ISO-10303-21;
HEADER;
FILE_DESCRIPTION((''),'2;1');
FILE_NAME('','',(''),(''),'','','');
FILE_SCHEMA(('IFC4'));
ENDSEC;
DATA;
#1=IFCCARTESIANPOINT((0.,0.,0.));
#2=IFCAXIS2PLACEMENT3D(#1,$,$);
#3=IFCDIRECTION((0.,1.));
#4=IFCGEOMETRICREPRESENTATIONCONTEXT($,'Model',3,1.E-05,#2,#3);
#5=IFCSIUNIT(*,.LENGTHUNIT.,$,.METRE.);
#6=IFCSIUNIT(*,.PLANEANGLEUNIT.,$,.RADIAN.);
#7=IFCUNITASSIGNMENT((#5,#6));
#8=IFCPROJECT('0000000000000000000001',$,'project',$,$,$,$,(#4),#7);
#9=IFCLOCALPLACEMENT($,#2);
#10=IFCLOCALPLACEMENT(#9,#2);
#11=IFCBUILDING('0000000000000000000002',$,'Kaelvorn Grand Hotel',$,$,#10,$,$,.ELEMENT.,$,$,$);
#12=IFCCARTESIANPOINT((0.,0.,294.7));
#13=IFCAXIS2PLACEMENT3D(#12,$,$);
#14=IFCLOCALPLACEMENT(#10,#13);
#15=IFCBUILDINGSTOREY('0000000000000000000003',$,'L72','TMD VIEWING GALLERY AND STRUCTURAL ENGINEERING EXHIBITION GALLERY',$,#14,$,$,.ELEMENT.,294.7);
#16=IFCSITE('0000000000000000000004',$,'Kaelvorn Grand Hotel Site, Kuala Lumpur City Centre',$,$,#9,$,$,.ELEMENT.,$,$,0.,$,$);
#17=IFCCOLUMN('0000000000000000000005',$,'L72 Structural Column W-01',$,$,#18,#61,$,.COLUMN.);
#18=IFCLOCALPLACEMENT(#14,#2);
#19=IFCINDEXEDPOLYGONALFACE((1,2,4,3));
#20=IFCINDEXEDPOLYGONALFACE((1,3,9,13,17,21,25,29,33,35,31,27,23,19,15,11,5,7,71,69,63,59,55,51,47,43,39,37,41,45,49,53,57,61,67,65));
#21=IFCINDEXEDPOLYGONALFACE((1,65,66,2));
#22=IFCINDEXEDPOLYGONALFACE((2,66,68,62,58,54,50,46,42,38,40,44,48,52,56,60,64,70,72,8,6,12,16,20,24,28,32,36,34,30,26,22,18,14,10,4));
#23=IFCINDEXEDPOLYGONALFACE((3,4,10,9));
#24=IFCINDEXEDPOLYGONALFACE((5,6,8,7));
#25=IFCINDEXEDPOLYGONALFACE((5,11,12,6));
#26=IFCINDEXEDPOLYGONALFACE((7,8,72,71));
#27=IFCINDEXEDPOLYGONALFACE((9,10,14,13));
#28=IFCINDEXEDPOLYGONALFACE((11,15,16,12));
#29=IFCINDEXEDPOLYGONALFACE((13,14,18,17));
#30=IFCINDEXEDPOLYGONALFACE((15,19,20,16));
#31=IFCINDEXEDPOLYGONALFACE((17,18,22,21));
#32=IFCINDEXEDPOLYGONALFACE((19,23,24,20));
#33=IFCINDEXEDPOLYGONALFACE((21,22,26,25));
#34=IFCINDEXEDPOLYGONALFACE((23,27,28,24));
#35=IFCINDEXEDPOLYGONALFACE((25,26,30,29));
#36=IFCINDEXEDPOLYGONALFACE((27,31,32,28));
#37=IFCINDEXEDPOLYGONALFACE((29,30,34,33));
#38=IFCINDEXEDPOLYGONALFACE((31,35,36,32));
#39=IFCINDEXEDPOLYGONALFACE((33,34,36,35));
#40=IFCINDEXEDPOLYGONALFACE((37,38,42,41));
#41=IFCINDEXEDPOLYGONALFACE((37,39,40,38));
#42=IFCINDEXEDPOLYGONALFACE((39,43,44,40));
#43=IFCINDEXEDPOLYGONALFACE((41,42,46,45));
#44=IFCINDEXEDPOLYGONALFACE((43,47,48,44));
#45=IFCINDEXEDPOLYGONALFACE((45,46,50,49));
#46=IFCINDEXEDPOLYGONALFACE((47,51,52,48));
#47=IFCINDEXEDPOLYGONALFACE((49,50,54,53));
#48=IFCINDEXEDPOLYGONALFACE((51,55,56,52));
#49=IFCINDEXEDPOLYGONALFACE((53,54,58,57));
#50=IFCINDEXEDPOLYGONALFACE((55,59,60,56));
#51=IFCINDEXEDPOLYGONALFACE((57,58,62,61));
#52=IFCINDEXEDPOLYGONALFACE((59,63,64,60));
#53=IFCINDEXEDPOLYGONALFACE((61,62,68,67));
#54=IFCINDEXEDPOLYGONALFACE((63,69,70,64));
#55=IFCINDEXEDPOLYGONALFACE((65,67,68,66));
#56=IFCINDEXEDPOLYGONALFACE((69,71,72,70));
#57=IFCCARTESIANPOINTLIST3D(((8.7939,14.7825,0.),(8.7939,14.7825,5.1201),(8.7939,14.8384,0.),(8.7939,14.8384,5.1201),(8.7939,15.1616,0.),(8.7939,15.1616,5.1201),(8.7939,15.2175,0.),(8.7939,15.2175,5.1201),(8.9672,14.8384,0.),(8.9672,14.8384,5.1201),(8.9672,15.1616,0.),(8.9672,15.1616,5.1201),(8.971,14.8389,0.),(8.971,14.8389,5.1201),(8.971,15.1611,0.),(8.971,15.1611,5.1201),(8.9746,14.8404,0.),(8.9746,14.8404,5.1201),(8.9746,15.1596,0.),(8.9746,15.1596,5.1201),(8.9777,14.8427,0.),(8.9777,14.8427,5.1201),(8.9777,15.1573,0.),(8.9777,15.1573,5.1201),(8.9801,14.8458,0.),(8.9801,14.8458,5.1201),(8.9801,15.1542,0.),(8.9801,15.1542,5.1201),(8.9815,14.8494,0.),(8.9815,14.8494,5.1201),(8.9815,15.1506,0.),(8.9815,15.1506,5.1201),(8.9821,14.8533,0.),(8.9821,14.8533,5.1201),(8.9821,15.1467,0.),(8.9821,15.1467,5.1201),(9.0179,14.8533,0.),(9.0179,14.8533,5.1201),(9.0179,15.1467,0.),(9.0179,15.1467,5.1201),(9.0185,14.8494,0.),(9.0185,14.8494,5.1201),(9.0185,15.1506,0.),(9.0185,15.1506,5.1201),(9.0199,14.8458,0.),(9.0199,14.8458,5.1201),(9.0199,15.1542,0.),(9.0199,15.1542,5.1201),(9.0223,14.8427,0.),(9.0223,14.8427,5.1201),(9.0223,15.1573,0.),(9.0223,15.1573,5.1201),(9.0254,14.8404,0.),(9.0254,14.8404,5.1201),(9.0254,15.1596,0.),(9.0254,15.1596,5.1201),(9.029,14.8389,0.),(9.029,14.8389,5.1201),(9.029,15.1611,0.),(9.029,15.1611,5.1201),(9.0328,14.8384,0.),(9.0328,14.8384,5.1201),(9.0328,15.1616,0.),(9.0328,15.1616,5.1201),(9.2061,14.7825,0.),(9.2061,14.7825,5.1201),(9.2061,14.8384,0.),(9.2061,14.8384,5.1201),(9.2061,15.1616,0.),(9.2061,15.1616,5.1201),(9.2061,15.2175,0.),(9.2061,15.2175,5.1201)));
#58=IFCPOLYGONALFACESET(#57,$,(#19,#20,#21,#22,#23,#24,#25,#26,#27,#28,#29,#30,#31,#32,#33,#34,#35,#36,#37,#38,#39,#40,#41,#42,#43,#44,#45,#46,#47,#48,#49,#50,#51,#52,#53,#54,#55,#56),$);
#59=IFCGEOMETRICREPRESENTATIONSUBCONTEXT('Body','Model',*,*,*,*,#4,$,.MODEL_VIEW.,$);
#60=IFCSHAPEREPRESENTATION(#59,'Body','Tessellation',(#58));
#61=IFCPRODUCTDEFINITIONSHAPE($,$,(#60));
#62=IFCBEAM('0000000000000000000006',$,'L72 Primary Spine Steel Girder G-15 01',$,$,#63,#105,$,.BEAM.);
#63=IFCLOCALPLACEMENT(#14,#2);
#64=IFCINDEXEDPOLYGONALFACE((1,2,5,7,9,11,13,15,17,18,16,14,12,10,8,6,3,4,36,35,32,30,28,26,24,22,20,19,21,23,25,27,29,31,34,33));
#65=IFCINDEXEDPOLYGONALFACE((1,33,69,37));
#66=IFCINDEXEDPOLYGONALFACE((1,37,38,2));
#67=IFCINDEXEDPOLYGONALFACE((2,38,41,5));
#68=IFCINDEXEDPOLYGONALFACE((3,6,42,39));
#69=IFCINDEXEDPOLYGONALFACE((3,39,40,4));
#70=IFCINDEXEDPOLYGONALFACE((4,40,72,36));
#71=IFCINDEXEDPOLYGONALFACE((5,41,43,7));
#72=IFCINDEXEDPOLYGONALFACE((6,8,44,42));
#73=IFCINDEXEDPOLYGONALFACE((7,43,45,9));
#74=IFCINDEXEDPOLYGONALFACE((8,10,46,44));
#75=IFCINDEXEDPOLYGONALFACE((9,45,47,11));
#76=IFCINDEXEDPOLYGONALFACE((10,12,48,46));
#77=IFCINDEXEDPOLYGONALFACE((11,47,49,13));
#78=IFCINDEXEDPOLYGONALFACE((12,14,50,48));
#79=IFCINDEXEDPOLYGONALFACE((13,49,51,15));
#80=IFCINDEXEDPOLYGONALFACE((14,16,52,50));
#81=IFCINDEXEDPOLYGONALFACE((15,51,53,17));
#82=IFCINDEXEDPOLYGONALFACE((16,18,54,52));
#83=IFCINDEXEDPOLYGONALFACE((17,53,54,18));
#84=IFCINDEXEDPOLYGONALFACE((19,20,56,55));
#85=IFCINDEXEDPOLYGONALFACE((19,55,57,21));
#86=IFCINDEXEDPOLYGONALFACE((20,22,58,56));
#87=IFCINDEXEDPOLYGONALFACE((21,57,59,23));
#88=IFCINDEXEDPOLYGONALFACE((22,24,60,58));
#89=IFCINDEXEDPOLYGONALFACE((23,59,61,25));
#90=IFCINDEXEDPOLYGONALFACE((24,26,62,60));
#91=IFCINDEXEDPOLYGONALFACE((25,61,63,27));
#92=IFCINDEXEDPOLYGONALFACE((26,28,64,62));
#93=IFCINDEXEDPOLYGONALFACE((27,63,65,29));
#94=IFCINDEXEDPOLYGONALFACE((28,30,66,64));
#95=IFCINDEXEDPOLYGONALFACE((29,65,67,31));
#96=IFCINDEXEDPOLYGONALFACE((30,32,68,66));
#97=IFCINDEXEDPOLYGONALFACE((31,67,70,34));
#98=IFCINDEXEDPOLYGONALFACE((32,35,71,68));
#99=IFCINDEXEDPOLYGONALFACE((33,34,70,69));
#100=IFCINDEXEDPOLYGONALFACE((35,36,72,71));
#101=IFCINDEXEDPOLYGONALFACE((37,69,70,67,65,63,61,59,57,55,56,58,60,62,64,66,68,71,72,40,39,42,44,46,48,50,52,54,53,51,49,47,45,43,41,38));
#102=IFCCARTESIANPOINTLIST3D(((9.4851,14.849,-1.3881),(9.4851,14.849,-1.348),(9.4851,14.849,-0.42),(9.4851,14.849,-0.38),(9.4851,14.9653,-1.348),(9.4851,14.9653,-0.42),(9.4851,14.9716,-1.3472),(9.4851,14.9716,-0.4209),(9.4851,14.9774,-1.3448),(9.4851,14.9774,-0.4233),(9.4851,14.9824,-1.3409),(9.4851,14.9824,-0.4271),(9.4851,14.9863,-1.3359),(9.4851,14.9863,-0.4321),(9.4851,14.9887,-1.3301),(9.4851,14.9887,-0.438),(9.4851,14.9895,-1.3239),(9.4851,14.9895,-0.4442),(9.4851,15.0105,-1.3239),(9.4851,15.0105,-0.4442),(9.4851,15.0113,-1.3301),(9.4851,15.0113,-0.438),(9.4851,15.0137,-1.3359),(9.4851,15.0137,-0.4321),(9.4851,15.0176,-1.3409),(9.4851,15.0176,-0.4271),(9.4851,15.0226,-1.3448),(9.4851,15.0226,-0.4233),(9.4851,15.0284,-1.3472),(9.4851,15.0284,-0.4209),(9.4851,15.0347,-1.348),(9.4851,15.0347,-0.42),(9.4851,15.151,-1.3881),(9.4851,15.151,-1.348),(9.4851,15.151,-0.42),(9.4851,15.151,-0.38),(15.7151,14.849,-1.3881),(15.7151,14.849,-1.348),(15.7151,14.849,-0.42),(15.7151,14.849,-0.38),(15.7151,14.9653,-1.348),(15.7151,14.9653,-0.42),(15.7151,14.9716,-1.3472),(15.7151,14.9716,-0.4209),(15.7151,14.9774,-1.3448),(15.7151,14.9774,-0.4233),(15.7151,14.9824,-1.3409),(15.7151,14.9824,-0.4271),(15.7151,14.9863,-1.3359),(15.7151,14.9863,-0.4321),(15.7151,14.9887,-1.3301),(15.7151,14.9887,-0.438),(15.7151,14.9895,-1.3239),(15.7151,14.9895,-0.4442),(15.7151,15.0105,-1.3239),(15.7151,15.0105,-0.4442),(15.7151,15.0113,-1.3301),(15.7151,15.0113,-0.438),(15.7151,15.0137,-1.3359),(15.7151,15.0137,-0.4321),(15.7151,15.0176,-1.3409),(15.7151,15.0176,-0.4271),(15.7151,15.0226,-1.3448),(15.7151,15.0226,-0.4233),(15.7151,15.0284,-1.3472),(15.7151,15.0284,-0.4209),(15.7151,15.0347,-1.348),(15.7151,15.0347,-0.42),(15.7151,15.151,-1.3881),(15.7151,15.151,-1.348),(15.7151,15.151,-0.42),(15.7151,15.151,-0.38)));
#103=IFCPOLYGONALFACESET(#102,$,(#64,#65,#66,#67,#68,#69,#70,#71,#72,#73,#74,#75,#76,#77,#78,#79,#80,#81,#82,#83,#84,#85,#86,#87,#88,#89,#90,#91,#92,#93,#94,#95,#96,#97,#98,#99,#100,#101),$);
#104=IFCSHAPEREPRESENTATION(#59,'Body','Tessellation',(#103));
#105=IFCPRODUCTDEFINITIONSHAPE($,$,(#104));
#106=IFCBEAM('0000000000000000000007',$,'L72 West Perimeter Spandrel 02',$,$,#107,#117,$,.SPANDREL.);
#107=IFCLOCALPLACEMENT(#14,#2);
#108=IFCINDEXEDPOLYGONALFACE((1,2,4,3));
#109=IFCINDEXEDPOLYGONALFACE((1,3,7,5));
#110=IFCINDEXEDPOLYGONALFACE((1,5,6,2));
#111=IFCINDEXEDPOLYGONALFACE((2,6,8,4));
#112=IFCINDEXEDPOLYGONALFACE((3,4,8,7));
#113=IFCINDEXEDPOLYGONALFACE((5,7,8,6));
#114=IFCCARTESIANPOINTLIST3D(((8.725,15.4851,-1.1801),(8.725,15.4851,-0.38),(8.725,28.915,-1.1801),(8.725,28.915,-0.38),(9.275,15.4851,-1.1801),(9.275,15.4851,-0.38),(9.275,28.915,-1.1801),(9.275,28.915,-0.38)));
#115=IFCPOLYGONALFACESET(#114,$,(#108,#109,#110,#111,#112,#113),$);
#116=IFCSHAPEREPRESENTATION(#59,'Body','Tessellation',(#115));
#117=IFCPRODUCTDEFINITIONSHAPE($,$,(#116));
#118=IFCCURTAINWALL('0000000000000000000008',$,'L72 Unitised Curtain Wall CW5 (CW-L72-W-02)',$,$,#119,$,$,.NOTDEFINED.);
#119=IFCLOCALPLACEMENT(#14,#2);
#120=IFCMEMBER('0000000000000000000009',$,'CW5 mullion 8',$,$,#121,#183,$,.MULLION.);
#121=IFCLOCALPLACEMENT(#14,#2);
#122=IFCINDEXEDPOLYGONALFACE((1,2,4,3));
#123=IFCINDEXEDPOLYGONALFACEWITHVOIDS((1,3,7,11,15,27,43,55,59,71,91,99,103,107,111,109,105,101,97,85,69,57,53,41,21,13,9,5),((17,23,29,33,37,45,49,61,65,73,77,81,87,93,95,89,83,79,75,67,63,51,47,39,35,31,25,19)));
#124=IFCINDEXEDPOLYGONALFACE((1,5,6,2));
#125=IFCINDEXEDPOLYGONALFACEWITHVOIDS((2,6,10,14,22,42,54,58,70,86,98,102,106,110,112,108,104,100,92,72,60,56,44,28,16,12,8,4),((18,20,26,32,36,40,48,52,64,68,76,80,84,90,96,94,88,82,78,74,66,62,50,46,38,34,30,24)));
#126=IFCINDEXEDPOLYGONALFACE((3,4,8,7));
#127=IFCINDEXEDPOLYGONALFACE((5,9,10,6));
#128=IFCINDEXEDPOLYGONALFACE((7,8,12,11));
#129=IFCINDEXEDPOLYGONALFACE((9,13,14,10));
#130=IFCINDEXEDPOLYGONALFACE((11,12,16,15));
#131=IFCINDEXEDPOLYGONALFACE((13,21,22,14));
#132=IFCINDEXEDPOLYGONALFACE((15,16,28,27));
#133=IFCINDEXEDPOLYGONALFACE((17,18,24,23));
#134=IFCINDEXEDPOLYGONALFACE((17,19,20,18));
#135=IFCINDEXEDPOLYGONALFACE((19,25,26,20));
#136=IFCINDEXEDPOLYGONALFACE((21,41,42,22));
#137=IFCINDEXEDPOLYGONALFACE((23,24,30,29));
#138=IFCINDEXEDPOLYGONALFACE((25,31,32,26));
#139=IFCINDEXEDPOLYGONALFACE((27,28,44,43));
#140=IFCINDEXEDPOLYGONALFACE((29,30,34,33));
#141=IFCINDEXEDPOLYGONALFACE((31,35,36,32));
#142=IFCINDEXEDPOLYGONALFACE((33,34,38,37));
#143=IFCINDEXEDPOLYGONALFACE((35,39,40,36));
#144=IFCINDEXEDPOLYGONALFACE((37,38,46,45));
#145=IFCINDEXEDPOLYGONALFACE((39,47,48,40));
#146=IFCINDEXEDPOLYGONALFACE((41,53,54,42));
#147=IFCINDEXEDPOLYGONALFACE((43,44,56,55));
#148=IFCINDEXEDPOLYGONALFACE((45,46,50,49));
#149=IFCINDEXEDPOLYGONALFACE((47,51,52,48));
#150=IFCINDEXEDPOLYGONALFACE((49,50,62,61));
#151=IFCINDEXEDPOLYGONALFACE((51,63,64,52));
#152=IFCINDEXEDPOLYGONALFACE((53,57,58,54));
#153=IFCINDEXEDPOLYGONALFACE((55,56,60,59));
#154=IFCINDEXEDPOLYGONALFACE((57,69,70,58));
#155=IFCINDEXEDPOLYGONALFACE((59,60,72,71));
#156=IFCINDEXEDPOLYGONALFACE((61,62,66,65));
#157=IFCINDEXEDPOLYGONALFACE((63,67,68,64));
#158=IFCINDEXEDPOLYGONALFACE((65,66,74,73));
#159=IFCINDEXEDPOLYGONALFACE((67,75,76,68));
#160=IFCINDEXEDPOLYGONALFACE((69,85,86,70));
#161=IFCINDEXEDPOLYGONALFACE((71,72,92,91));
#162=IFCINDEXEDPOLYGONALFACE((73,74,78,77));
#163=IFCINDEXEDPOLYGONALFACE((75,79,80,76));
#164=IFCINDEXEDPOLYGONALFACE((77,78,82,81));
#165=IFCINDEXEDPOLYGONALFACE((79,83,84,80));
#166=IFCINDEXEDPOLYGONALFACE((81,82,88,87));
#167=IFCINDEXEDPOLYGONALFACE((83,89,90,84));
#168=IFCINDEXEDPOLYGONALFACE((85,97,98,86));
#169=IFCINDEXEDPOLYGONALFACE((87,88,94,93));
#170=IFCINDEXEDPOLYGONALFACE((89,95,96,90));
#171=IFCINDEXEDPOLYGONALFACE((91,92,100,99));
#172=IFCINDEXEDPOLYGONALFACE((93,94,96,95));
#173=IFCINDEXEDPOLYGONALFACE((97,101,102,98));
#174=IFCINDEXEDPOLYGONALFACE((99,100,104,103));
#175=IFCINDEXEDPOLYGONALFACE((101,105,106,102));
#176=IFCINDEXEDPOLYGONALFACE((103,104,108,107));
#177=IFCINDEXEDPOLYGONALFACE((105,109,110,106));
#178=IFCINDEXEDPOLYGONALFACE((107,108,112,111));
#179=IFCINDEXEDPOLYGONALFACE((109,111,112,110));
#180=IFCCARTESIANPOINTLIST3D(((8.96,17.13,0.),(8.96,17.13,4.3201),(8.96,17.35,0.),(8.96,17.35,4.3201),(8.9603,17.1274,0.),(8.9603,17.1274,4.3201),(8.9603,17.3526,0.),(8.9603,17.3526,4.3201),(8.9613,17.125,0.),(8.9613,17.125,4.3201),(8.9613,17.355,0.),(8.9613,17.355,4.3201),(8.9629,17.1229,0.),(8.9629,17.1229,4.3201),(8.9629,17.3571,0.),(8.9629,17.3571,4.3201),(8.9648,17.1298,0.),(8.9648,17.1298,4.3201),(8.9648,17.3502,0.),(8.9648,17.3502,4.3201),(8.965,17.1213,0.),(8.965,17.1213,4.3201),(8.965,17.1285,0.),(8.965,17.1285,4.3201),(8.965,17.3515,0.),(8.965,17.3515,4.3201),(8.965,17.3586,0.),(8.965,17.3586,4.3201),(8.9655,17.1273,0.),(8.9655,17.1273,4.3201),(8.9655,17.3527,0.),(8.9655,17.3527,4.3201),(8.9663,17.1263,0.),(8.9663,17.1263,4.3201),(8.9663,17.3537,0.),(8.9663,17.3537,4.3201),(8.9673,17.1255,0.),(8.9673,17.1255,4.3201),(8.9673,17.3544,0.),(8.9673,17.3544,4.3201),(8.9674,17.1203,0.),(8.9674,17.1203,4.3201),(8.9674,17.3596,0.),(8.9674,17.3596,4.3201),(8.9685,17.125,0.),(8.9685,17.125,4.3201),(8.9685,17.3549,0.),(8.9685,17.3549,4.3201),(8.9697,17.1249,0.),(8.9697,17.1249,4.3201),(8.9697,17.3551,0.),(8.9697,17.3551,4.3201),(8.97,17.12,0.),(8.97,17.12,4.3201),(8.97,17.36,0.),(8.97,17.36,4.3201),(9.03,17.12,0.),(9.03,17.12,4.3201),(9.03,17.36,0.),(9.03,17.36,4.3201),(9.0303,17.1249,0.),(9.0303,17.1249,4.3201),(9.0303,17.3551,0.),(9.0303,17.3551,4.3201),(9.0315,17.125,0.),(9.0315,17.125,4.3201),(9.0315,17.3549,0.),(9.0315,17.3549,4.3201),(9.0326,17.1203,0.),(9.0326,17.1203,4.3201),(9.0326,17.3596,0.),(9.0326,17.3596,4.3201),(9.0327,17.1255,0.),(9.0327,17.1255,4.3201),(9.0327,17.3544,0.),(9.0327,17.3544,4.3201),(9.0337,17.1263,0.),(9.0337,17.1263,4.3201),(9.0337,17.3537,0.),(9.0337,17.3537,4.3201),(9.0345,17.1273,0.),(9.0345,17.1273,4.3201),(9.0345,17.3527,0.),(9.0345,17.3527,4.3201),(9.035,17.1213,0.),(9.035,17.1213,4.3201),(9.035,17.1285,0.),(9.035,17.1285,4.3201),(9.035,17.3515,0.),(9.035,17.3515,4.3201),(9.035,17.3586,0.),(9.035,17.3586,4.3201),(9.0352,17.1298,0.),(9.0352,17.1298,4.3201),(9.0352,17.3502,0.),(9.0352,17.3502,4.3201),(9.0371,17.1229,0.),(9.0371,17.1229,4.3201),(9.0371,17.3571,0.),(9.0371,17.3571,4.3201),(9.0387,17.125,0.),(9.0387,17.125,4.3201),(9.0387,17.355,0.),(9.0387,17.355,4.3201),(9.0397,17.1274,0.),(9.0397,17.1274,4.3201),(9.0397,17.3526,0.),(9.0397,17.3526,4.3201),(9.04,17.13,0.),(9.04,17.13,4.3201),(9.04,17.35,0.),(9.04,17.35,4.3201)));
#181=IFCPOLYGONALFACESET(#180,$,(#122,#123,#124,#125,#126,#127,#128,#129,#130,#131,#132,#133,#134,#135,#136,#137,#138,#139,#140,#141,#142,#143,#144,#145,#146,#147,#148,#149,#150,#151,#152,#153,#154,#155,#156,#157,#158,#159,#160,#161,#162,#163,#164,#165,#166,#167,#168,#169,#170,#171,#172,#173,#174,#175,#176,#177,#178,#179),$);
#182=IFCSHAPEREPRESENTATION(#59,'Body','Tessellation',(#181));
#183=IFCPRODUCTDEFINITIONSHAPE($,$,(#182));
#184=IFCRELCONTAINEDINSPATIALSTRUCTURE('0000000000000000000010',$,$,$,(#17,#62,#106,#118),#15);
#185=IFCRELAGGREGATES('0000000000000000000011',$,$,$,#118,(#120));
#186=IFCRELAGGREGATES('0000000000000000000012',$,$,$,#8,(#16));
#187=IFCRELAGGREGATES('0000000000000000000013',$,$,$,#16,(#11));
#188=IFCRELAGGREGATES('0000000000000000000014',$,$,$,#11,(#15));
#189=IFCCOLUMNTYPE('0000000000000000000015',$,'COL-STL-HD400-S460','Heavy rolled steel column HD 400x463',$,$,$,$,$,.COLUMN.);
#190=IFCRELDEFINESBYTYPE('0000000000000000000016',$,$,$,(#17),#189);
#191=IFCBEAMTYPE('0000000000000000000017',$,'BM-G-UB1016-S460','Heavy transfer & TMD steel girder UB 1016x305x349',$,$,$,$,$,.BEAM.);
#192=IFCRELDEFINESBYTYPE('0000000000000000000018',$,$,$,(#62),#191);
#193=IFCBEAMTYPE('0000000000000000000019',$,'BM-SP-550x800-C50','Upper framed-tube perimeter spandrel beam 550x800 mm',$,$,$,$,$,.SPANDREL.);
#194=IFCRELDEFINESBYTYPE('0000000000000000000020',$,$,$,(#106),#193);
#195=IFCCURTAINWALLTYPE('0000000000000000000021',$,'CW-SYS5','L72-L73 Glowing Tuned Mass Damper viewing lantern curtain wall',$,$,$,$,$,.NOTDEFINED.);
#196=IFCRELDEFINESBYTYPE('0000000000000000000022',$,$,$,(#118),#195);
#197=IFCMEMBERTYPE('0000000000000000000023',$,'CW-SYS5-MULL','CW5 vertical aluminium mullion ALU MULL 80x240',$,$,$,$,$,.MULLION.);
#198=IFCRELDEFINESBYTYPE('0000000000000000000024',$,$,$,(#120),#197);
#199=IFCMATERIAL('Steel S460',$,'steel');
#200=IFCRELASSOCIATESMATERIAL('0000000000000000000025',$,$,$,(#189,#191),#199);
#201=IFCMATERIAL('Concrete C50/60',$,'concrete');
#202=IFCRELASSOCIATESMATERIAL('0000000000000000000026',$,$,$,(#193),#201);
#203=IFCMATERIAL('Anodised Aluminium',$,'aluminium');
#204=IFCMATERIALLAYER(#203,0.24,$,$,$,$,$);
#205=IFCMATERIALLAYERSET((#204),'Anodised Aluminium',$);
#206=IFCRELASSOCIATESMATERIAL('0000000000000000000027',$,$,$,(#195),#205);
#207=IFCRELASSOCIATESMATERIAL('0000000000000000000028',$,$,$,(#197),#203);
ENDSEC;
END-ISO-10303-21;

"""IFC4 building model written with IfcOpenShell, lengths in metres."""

from ifc_helpers import new_model, si_unit, direction, frame, origin, origin_2d, place, context, subcontext, project, spatial, rectangle, hollow_rectangle, i_section, extrude, material, layer, layer_set, material_profile, profile_set, type_object, element, aggregate, save


model = new_model("IFC4")

# Units and contexts
model_context = context("Model", 3, precision=1e-05, world=origin(), true_north=direction((0.0, 1.0)))
body_context = subcontext(model_context, "Body", "Model", "MODEL_VIEW")
ifc_project = project(units=[si_unit("LENGTHUNIT", "METRE"), si_unit("PLANEANGLEUNIT", "RADIAN")], contexts=[model_context])

# Site, building, storey
site_placement = place(None, origin())
site = spatial("IfcSite", under=ifc_project, at=site_placement, Name="Kaelvorn Grand Hotel Site, Kuala Lumpur City Centre", CompositionType="ELEMENT", RefElevation=0.0)
building_placement = place(site_placement, origin())
building = spatial("IfcBuilding", under=site, at=building_placement, Name="Kaelvorn Grand Hotel", CompositionType="ELEMENT")
storey_placement = place(building_placement, frame((0.0, 0.0, 294.7)))
storey = spatial("IfcBuildingStorey", under=building, at=storey_placement, Name="L72", Description="TMD VIEWING GALLERY AND STRUCTURAL ENGINEERING EXHIBITION GALLERY", CompositionType="ELEMENT", Elevation=294.7)

# Column
ifc_material_1 = material(Name="Steel S460", Category="steel")
ifc_material_profile_1 = material_profile(ifc_material_1, i_section(OverallWidth=0.4121, OverallDepth=0.4351, WebThickness=0.0359, FlangeThickness=0.0559, FilletRadius=0.0149, at=origin_2d()), Name="HD 400x463")
ifc_profile_set_1 = profile_set([ifc_material_profile_1], Name="Steel S460")
column_type = type_object("IfcColumnType", Name="COL-STL-HD400-S460", Description="Heavy rolled steel column HD 400x463", PredefinedType="COLUMN", material=ifc_profile_set_1)
column_placement = place(storey_placement, frame((9.0, 15.0, 0.0), z_axis=(0.0, 0.0, 1.0), x_axis=(1.0, 0.0, 0.0)))
element("IfcColumn", 1, at=column_placement, inside=storey, type_object=column_type, Name="L72 Structural Column W-01", PredefinedType="COLUMN", context=body_context, shape_type="SweptSolid", body=[
    extrude(i_section(OverallWidth=0.4121, OverallDepth=0.4351, WebThickness=0.0359, FlangeThickness=0.0559, FilletRadius=0.0149, at=origin_2d()), origin(), (0.0, 0.0, 1.0), 5.1201),
])

# Beams
ifc_material_profile_2 = material_profile(ifc_material_1, i_section(OverallWidth=0.302, OverallDepth=1.0081, WebThickness=0.021, FlangeThickness=0.04, FilletRadius=0.0242, at=origin_2d()), Name="UB 1016x305x349")
ifc_profile_set_2 = profile_set([ifc_material_profile_2], Name="Steel S460")
beam_type_1 = type_object("IfcBeamType", Name="BM-G-UB1016-S460", Description="Heavy transfer & TMD steel girder UB 1016x305x349", PredefinedType="BEAM", material=ifc_profile_set_2)
beam_1_placement = place(storey_placement, frame((9.4851, 15.0, -0.884), z_axis=(1.0, 0.0, 0.0), x_axis=(0.0, 1.0, 0.0)))
element("IfcBeam", 2, at=beam_1_placement, inside=storey, type_object=beam_type_1, Name="L72 Primary Spine Steel Girder G-15 01", PredefinedType="BEAM", context=body_context, shape_type="SweptSolid", body=[
    extrude(i_section(OverallWidth=0.302, OverallDepth=1.0081, WebThickness=0.021, FlangeThickness=0.04, FilletRadius=0.0242, at=origin_2d()), origin(), (0.0, 0.0, 1.0), 6.23),
])
ifc_material_2 = material(Name="Concrete C50/60", Category="concrete")
ifc_material_profile_3 = material_profile(ifc_material_2, rectangle(XDim=0.55, YDim=0.8, at=origin_2d()), Name="RC SPANDREL 550x800")
ifc_profile_set_3 = profile_set([ifc_material_profile_3], Name="Concrete C50/60")
beam_type_2 = type_object("IfcBeamType", Name="BM-SP-550x800-C50", Description="Upper framed-tube perimeter spandrel beam 550x800 mm", PredefinedType="SPANDREL", material=ifc_profile_set_3)
beam_2_placement = place(storey_placement, frame((9.0, 15.4851, -0.78), z_axis=(0.0, 1.0, 0.0), x_axis=(-1.0, 0.0, 0.0)))
element("IfcBeam", 3, at=beam_2_placement, inside=storey, type_object=beam_type_2, Name="L72 West Perimeter Spandrel 02", PredefinedType="SPANDREL", context=body_context, shape_type="SweptSolid", body=[
    extrude(rectangle(XDim=0.55, YDim=0.8, at=origin_2d()), origin(), (0.0, 0.0, 1.0), 13.4299),
])

# Curtain wall, member
ifc_material_3 = material(Name="Anodised Aluminium", Category="aluminium")
ifc_layer_1 = layer(ifc_material_3, 0.24)
ifc_layer_set_1 = layer_set([ifc_layer_1], Name="Anodised Aluminium")
curtain_wall_type = type_object("IfcCurtainWallType", Name="CW-SYS5", Description="L72-L73 Glowing Tuned Mass Damper viewing lantern curtain wall", PredefinedType="NOTDEFINED", material=ifc_layer_set_1)
curtain_wall_1_placement = place(storey_placement, origin())
curtain_wall_1 = element("IfcCurtainWall", 4, at=curtain_wall_1_placement, inside=storey, type_object=curtain_wall_type, Name="L72 Unitised Curtain Wall CW5 (CW-L72-W-02)", PredefinedType="NOTDEFINED")
ifc_material_profile_4 = material_profile(ifc_material_3, hollow_rectangle(XDim=0.0801, YDim=0.24, WallThickness=0.0049, InnerFilletRadius=0.0049, OuterFilletRadius=0.01, at=origin_2d()), Name="ALU MULL 80x240")
ifc_profile_set_4 = profile_set([ifc_material_profile_4], Name="Anodised Aluminium")
member_type_1 = type_object("IfcMemberType", Name="CW-SYS5-MULL", Description="CW5 vertical aluminium mullion ALU MULL 80x240", PredefinedType="MULLION", material=ifc_profile_set_4)
member_1_placement = place(storey_placement, frame((9.0, 17.24, 0.0), z_axis=(0.0, 0.0, 1.0), x_axis=(1.0, 0.0, 0.0)))
member_1 = element("IfcMember", 5, at=member_1_placement, type_object=member_type_1, Name="CW5 mullion 8", PredefinedType="MULLION", context=body_context, shape_type="SweptSolid", body=[
    extrude(hollow_rectangle(XDim=0.0801, YDim=0.24, WallThickness=0.0049, InnerFilletRadius=0.0049, OuterFilletRadius=0.01, at=origin_2d()), origin(), (0.0, 0.0, 1.0), 4.3201),
])

aggregate(curtain_wall_1, [member_1])

save(model, "model.ifc")
